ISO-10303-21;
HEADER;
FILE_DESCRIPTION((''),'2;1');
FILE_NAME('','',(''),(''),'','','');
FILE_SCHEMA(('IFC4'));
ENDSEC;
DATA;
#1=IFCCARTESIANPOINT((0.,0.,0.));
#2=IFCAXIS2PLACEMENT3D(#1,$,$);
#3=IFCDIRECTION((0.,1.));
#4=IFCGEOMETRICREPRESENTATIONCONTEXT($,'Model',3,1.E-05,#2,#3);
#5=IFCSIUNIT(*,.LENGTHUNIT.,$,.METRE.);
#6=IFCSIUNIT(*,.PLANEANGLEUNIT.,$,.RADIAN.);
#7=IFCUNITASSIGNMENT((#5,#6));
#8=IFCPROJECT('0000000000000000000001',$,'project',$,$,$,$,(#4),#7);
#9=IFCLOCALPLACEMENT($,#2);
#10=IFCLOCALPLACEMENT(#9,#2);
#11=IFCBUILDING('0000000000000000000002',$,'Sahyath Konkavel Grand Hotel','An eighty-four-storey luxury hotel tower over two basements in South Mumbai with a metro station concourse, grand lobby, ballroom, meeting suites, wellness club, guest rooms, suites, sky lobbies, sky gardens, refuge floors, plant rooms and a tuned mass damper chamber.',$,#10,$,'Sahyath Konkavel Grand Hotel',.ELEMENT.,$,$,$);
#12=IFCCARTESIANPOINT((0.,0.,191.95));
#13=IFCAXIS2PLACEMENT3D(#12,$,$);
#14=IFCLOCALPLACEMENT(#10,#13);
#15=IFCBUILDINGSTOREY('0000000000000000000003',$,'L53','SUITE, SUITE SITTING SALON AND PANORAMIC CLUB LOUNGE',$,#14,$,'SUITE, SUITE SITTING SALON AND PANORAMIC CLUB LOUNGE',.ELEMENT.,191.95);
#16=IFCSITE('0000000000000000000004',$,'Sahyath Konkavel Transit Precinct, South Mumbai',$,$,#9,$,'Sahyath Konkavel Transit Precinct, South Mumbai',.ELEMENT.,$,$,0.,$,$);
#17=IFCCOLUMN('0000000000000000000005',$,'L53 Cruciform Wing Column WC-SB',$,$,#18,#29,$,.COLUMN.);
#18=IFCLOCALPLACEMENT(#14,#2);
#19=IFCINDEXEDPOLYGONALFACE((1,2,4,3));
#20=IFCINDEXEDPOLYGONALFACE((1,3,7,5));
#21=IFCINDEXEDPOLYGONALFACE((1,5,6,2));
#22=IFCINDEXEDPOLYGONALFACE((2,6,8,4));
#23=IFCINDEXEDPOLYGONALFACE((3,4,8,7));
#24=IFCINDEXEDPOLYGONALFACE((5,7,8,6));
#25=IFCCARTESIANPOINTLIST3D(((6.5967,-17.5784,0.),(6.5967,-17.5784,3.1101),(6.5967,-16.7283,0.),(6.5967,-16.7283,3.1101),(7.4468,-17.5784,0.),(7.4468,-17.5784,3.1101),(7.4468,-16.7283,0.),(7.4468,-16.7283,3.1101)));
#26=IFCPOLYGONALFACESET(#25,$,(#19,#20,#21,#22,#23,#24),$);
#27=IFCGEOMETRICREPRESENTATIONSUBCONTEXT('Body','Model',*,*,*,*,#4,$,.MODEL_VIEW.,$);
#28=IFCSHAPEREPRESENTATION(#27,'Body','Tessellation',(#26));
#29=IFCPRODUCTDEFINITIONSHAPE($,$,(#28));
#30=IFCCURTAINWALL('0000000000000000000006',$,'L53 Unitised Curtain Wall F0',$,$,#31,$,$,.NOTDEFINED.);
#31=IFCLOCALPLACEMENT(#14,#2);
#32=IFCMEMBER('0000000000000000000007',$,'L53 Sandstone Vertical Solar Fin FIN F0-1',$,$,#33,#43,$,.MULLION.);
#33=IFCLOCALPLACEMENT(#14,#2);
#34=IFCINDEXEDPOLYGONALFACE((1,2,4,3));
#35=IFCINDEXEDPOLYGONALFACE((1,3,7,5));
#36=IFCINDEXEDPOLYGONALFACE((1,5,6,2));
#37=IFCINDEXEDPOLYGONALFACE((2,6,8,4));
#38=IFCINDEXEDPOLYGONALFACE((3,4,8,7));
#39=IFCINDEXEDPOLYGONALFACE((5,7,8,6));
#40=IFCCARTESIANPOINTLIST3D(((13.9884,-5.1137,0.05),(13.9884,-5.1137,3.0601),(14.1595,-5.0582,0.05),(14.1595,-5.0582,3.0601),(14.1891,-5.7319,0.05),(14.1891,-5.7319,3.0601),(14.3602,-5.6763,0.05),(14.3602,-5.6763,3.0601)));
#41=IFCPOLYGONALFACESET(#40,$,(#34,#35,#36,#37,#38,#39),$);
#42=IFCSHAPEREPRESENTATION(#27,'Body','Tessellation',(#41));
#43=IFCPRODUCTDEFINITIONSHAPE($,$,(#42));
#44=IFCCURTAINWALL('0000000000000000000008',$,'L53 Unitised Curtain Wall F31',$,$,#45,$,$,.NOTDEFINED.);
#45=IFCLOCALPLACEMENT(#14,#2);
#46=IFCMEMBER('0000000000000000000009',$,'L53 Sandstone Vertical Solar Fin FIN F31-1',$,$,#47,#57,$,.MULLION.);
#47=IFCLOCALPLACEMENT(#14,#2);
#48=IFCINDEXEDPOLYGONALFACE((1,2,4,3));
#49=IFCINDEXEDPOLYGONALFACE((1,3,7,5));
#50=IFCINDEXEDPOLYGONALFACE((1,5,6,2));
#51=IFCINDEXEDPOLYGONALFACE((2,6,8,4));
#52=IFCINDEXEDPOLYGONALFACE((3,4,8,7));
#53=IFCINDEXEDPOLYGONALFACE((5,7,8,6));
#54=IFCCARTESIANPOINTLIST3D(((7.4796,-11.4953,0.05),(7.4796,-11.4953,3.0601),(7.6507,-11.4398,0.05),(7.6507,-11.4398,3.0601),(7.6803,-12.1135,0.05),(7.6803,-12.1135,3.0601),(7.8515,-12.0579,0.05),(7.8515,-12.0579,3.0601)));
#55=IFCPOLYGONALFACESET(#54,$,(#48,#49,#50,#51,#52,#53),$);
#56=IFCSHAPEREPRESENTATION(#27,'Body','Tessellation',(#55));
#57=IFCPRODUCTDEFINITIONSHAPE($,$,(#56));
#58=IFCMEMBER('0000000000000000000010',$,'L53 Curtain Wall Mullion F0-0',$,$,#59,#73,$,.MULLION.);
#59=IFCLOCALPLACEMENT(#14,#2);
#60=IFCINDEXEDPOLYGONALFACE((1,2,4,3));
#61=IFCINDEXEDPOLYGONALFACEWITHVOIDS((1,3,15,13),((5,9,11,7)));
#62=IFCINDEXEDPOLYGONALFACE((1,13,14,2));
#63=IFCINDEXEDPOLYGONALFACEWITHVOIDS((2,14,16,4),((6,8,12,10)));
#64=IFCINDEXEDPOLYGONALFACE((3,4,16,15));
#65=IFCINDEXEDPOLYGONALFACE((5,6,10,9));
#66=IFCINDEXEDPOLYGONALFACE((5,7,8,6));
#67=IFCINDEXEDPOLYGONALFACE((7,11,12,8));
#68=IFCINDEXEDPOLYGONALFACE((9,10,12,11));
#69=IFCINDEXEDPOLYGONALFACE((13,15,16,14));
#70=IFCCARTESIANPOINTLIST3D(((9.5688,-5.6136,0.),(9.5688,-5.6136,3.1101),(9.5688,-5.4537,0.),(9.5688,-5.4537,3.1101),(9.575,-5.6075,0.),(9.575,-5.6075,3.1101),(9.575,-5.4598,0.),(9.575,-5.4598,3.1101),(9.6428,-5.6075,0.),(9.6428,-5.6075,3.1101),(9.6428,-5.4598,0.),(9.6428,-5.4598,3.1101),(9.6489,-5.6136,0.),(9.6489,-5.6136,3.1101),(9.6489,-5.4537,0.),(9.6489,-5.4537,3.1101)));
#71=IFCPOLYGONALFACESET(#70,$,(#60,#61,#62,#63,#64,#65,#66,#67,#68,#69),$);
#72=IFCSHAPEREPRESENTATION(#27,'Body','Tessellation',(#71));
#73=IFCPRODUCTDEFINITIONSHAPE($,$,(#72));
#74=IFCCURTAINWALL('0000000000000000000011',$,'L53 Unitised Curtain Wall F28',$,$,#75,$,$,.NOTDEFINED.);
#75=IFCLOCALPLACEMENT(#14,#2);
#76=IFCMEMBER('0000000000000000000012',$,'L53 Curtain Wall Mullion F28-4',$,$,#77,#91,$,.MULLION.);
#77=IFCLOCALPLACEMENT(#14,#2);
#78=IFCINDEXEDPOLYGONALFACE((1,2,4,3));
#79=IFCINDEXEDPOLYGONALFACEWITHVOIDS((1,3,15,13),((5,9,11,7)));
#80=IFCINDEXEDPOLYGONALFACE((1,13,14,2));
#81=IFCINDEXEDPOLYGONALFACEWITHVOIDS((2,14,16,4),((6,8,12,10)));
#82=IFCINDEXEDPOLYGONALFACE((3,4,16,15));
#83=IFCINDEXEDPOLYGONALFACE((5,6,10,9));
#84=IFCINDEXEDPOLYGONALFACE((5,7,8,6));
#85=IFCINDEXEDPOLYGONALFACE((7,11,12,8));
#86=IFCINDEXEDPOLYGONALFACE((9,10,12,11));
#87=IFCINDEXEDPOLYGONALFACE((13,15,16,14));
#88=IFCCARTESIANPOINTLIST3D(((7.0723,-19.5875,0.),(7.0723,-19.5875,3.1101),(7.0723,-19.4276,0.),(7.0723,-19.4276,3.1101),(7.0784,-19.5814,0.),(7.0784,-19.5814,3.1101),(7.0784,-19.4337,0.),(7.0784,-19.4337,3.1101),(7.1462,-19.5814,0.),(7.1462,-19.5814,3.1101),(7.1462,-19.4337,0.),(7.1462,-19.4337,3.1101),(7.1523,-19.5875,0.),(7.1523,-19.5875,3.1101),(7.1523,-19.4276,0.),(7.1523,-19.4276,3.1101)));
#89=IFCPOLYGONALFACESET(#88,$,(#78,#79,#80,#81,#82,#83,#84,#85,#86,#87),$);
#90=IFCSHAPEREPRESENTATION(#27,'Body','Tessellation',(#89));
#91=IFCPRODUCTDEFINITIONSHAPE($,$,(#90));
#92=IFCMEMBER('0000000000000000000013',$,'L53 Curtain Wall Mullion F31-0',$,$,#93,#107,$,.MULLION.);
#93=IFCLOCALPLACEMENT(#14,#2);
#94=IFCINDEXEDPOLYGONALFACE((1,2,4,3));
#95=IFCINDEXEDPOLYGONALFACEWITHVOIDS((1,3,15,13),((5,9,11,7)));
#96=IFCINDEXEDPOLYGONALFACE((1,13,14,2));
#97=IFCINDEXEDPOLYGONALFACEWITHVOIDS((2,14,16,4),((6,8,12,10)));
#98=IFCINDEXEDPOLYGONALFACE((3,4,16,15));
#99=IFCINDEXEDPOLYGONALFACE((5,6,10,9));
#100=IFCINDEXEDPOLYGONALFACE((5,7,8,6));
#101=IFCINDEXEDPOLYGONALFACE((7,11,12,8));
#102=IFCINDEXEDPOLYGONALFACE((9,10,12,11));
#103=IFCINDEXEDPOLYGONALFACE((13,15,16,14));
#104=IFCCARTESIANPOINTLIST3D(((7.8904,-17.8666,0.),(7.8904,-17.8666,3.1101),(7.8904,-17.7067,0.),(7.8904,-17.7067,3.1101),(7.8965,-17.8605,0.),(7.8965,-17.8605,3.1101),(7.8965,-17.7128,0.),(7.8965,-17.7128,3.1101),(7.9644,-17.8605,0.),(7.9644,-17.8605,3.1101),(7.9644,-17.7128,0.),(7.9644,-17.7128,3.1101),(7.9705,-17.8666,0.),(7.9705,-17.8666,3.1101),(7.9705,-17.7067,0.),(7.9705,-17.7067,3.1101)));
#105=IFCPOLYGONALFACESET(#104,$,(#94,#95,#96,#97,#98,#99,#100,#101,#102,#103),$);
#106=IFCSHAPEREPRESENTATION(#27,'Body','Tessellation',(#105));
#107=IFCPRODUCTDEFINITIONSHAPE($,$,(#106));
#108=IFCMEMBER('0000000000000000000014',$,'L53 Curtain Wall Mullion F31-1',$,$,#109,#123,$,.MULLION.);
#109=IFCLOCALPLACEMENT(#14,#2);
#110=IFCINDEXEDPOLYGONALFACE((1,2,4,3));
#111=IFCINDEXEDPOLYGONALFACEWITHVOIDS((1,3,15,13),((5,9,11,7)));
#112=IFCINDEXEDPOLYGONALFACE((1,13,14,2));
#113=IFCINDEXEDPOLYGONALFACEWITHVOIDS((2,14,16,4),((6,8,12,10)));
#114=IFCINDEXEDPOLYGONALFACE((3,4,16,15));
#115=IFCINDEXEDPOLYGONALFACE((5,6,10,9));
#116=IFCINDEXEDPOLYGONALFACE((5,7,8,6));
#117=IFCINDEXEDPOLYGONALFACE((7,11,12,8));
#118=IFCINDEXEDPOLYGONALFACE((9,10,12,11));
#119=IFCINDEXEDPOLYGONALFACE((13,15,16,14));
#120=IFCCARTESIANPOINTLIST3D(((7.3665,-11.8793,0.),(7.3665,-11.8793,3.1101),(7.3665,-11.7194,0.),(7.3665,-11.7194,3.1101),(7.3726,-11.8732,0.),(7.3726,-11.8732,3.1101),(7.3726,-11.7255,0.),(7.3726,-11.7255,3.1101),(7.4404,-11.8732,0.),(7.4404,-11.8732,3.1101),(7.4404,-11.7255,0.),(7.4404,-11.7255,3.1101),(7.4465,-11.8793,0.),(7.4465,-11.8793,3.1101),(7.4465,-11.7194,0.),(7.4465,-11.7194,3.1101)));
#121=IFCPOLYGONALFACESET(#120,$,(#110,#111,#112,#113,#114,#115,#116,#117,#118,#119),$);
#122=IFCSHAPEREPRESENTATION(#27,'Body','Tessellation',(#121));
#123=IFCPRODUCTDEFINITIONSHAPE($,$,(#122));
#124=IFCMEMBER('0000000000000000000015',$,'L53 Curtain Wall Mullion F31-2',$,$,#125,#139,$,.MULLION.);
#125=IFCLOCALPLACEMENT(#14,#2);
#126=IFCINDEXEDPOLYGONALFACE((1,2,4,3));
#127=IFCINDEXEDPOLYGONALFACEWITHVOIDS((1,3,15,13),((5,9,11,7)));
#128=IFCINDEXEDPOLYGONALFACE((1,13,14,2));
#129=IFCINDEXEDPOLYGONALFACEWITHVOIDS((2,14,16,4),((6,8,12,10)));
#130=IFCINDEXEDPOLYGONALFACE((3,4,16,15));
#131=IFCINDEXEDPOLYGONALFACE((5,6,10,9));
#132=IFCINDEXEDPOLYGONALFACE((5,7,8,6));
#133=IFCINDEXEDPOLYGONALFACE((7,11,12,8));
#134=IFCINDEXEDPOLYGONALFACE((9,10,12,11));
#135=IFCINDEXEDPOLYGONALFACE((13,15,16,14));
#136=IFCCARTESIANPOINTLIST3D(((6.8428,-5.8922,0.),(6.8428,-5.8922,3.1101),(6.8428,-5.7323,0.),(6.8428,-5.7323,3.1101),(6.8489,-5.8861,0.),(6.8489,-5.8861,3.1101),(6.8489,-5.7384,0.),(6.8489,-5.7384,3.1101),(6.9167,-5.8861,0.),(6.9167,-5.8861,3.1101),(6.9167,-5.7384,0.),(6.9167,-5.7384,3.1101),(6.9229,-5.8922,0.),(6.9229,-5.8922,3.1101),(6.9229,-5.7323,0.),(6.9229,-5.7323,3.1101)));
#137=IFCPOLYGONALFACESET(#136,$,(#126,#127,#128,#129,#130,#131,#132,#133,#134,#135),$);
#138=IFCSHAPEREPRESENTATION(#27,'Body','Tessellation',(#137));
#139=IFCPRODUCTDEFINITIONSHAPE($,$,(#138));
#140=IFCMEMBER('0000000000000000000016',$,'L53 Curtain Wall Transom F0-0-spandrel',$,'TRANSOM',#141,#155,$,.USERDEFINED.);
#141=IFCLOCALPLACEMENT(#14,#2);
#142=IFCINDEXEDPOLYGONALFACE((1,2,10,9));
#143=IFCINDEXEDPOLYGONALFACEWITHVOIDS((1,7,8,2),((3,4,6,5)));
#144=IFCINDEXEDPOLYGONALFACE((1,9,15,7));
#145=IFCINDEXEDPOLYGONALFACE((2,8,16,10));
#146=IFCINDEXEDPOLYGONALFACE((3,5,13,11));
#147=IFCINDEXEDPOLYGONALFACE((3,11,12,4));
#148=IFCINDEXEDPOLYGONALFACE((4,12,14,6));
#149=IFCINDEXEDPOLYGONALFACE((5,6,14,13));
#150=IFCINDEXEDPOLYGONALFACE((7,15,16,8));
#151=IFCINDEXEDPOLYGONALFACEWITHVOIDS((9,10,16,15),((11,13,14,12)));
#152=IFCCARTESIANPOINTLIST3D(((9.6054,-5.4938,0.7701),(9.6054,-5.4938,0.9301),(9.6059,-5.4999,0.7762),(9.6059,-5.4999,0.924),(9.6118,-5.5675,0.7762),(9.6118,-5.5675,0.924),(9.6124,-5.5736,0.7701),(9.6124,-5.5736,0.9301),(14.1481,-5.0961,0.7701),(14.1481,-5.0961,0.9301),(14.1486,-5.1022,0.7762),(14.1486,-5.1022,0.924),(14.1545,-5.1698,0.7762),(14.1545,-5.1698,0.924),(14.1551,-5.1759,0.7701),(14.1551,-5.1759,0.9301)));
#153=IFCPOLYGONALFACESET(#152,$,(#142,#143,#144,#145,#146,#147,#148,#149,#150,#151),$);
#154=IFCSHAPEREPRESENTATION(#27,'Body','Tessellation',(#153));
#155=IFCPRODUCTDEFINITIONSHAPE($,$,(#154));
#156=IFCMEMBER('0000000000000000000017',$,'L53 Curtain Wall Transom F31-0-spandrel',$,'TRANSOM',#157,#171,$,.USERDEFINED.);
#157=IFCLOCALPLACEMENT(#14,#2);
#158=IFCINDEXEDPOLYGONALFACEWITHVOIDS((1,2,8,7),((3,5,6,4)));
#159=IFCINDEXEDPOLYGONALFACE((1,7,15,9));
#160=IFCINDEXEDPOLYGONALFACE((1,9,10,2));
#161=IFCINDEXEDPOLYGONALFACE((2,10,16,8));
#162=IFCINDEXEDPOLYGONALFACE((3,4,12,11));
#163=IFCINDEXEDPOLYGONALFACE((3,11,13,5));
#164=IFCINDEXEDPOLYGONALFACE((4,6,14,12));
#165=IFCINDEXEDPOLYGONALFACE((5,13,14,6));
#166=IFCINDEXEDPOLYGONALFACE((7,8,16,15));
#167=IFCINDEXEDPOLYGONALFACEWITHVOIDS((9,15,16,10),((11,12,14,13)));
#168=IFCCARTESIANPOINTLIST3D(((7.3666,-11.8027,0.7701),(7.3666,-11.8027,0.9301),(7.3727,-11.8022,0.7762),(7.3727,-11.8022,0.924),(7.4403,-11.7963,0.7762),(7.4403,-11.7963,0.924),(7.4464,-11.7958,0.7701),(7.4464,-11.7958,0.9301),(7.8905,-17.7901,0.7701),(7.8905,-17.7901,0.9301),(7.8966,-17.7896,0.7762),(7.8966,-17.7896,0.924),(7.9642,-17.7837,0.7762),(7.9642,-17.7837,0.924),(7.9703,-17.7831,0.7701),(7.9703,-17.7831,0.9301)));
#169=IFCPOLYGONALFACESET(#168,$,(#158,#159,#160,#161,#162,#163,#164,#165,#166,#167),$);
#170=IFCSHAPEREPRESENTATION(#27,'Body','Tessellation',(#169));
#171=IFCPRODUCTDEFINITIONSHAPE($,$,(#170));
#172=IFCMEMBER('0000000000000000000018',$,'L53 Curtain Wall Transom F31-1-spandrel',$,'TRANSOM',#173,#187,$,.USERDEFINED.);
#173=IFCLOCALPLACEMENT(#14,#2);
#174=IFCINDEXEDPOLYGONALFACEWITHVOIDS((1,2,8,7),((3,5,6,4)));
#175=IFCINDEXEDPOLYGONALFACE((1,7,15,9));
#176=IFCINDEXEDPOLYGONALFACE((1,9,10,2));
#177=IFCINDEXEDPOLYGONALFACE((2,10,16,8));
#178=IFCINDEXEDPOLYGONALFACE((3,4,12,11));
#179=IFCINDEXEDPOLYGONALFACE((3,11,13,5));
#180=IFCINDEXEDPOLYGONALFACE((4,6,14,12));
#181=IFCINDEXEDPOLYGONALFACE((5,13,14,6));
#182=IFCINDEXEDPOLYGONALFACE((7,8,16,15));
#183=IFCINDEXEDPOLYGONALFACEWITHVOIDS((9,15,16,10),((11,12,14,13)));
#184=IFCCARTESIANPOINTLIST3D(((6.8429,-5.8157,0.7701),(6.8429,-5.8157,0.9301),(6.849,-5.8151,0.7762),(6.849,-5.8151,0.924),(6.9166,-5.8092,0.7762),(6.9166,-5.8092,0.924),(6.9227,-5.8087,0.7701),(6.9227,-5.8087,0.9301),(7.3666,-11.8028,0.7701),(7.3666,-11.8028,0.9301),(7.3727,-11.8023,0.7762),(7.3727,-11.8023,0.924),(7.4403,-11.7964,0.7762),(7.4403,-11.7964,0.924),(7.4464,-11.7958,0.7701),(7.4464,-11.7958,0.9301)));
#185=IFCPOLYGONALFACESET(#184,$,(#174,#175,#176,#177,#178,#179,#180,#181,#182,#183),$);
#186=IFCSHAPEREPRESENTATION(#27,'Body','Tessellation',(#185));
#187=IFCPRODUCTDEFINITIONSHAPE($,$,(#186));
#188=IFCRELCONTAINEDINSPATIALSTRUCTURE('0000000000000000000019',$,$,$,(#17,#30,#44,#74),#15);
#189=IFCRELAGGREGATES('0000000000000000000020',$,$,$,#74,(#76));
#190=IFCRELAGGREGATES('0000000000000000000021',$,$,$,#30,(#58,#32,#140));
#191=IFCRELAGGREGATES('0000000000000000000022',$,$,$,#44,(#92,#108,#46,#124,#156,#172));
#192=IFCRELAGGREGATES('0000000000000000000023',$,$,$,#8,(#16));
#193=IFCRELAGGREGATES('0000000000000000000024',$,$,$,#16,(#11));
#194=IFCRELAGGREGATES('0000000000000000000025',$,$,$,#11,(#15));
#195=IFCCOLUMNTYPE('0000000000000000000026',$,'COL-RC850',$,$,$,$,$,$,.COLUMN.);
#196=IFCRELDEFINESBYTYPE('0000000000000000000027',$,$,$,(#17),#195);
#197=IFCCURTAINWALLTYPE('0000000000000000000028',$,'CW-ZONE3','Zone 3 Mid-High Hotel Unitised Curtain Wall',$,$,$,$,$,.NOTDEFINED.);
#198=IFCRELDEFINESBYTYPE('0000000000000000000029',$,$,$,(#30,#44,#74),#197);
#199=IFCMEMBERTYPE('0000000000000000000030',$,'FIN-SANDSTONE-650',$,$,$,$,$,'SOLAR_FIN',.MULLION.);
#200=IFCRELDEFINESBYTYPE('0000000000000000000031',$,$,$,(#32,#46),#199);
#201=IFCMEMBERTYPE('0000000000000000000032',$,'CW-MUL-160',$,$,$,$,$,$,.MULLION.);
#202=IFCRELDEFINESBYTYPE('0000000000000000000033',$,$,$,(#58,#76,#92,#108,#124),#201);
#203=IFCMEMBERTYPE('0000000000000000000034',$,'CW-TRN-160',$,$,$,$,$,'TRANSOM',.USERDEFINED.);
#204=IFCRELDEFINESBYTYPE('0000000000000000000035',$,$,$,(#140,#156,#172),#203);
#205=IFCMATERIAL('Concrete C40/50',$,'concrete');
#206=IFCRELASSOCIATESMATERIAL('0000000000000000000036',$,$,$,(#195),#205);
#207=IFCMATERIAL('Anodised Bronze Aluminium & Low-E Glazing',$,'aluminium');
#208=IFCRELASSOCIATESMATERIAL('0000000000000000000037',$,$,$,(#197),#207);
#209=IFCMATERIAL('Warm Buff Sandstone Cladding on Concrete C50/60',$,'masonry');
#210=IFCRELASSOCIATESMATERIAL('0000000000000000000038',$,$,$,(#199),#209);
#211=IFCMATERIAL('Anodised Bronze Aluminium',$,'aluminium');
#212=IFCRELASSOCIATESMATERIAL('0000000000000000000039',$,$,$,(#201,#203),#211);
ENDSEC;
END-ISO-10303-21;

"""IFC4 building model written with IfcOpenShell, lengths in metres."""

from ifc_helpers import new_model, si_unit, direction, frame, origin, origin_2d, place, context, subcontext, project, spatial, rectangle, hollow_rectangle, extrude, source, transform, mapped, material, material_profile, profile_set, type_object, element, aggregate, save


model = new_model("IFC4")

# Units and contexts
model_context = context("Model", 3, precision=1e-05, world=origin(), true_north=direction((0.0, 1.0)))
body_context = subcontext(model_context, "Body", "Model", "MODEL_VIEW")
ifc_project = project(units=[si_unit("LENGTHUNIT", "METRE"), si_unit("PLANEANGLEUNIT", "RADIAN")], contexts=[model_context])

# Site, building, storey
site_placement = place(None, origin())
site = spatial("IfcSite", under=ifc_project, at=site_placement, Name="Sahyath Konkavel Transit Precinct, South Mumbai", LongName="Sahyath Konkavel Transit Precinct, South Mumbai", CompositionType="ELEMENT", RefElevation=0.0)
building_placement = place(site_placement, origin())
building = spatial("IfcBuilding", under=site, at=building_placement, Name="Sahyath Konkavel Grand Hotel", Description="An eighty-four-storey luxury hotel tower over two basements in South Mumbai with a metro station concourse, grand lobby, ballroom, meeting suites, wellness club, guest rooms, suites, sky lobbies, sky gardens, refuge floors, plant rooms and a tuned mass damper chamber.", LongName="Sahyath Konkavel Grand Hotel", CompositionType="ELEMENT")
storey_placement = place(building_placement, frame((0.0, 0.0, 191.95)))
storey = spatial("IfcBuildingStorey", under=building, at=storey_placement, Name="L53", Description="SUITE, SUITE SITTING SALON AND PANORAMIC CLUB LOUNGE", LongName="SUITE, SUITE SITTING SALON AND PANORAMIC CLUB LOUNGE", CompositionType="ELEMENT", Elevation=191.95)

# Column
ifc_material_1 = material(Name="Concrete C40/50", Category="concrete")
ifc_material_profile_1 = material_profile(ifc_material_1, rectangle(XDim=0.8501, YDim=0.8501, at=origin_2d()), Name="RC 850x850")
ifc_profile_set_1 = profile_set([ifc_material_profile_1], Name="Concrete C40/50")
column_type = type_object("IfcColumnType", Name="COL-RC850", PredefinedType="COLUMN", material=ifc_profile_set_1)
shared_shape_1 = source(origin(), body_context, "Body", "SweptSolid", [
    extrude(rectangle(XDim=0.8501, YDim=0.8501, at=origin_2d()), origin(), (0.0, 0.0, 1.0), 3.1101),
])
column_placement = place(storey_placement, frame((7.0217, -17.1533, 0.0), z_axis=(0.0, 0.0, 1.0), x_axis=(1.0, 0.0, 0.0)))
element("IfcColumn", 1, at=column_placement, inside=storey, type_object=column_type, Name="L53 Cruciform Wing Column WC-SB", PredefinedType="COLUMN", context=body_context, shape_type="MappedRepresentation", body=[
    mapped(shared_shape_1, transform((0.0, 0.0, 0.0), scale=1.0)),
])

# Curtain walls, members
ifc_material_2 = material(Name="Anodised Bronze Aluminium & Low-E Glazing", Category="aluminium")
curtain_wall_type = type_object("IfcCurtainWallType", Name="CW-ZONE3", Description="Zone 3 Mid-High Hotel Unitised Curtain Wall", PredefinedType="NOTDEFINED", material=ifc_material_2)
curtain_wall_1_placement = place(storey_placement, origin())
curtain_wall_1 = element("IfcCurtainWall", 2, at=curtain_wall_1_placement, inside=storey, type_object=curtain_wall_type, Name="L53 Unitised Curtain Wall F0", PredefinedType="NOTDEFINED")
ifc_material_3 = material(Name="Warm Buff Sandstone Cladding on Concrete C50/60", Category="masonry")
ifc_material_profile_2 = material_profile(ifc_material_3, rectangle(XDim=0.1799, YDim=0.6499, at=origin_2d()), Name="FIN 180x650")
ifc_profile_set_2 = profile_set([ifc_material_profile_2], Name="Warm Buff Sandstone Cladding on Concrete C50/60")
member_type_1 = type_object("IfcMemberType", Name="FIN-SANDSTONE-650", ElementType="SOLAR_FIN", PredefinedType="MULLION", material=ifc_profile_set_2)
shared_shape_2 = source(origin(), body_context, "Body", "SweptSolid", [
    extrude(rectangle(XDim=0.1799, YDim=0.6499, at=origin_2d()), origin(), (0.0, 0.0, 1.0), 3.01),
])
member_1_placement = place(storey_placement, frame((14.1743, -5.395, 0.05), z_axis=(0.0, 0.0, 1.0), x_axis=(0.95111, 0.308851, 0.0)))
member_1 = element("IfcMember", 3, at=member_1_placement, type_object=member_type_1, Name="L53 Sandstone Vertical Solar Fin FIN F0-1", PredefinedType="MULLION", context=body_context, shape_type="MappedRepresentation", body=[
    mapped(shared_shape_2, transform((0.0, 0.0, 0.0), scale=1.0)),
])
curtain_wall_2_placement = place(storey_placement, origin())
curtain_wall_2 = element("IfcCurtainWall", 4, at=curtain_wall_2_placement, inside=storey, type_object=curtain_wall_type, Name="L53 Unitised Curtain Wall F31", PredefinedType="NOTDEFINED")
member_2_placement = place(storey_placement, frame((7.6655, -11.7766, 0.05), z_axis=(0.0, 0.0, 1.0), x_axis=(0.95111, 0.308851, 0.0)))
member_2 = element("IfcMember", 5, at=member_2_placement, type_object=member_type_1, Name="L53 Sandstone Vertical Solar Fin FIN F31-1", PredefinedType="MULLION", context=body_context, shape_type="MappedRepresentation", body=[
    mapped(shared_shape_2, transform((0.0, 0.0, 0.0), scale=1.0)),
])

# Member
ifc_material_4 = material(Name="Anodised Bronze Aluminium", Category="aluminium")
ifc_material_profile_3 = material_profile(ifc_material_4, hollow_rectangle(XDim=0.0801, YDim=0.1599, WallThickness=0.0061, at=origin_2d()), Name="RHS 160x80x6")
ifc_profile_set_3 = profile_set([ifc_material_profile_3], Name="Anodised Bronze Aluminium")
member_type_2 = type_object("IfcMemberType", Name="CW-MUL-160", PredefinedType="MULLION", material=ifc_profile_set_3)
shared_shape_3 = source(origin(), body_context, "Body", "SweptSolid", [
    extrude(hollow_rectangle(XDim=0.0801, YDim=0.1599, WallThickness=0.0061, at=origin_2d()), origin(), (0.0, 0.0, 1.0), 3.1101),
])
member_3_placement = place(storey_placement, frame((9.6089, -5.5337, 0.0), z_axis=(0.0, 0.0, 1.0), x_axis=(1.0, 0.0, 0.0)))
member_3 = element("IfcMember", 6, at=member_3_placement, type_object=member_type_2, Name="L53 Curtain Wall Mullion F0-0", PredefinedType="MULLION", context=body_context, shape_type="MappedRepresentation", body=[
    mapped(shared_shape_3, transform((0.0, 0.0, 0.0), scale=1.0)),
])

# Curtain wall, member
curtain_wall_3_placement = place(storey_placement, origin())
curtain_wall_3 = element("IfcCurtainWall", 7, at=curtain_wall_3_placement, inside=storey, type_object=curtain_wall_type, Name="L53 Unitised Curtain Wall F28", PredefinedType="NOTDEFINED")
member_4_placement = place(storey_placement, frame((7.1123, -19.5076, 0.0), z_axis=(0.0, 0.0, 1.0), x_axis=(1.0, 0.0, 0.0)))
member_4 = element("IfcMember", 8, at=member_4_placement, type_object=member_type_2, Name="L53 Curtain Wall Mullion F28-4", PredefinedType="MULLION", context=body_context, shape_type="MappedRepresentation", body=[
    mapped(shared_shape_3, transform((0.0, 0.0, 0.0), scale=1.0)),
])
aggregate(curtain_wall_3, [member_4])

# Members
member_5_placement = place(storey_placement, frame((7.9304, -17.7866, 0.0), z_axis=(0.0, 0.0, 1.0), x_axis=(1.0, 0.0, 0.0)))
member_5 = element("IfcMember", 9, at=member_5_placement, type_object=member_type_2, Name="L53 Curtain Wall Mullion F31-0", PredefinedType="MULLION", context=body_context, shape_type="MappedRepresentation", body=[
    mapped(shared_shape_3, transform((0.0, 0.0, 0.0), scale=1.0)),
])
member_6_placement = place(storey_placement, frame((7.4065, -11.7993, 0.0), z_axis=(0.0, 0.0, 1.0), x_axis=(1.0, 0.0, 0.0)))
member_6 = element("IfcMember", 10, at=member_6_placement, type_object=member_type_2, Name="L53 Curtain Wall Mullion F31-1", PredefinedType="MULLION", context=body_context, shape_type="MappedRepresentation", body=[
    mapped(shared_shape_3, transform((0.0, 0.0, 0.0), scale=1.0)),
])
member_7_placement = place(storey_placement, frame((6.8828, -5.8123, 0.0), z_axis=(0.0, 0.0, 1.0), x_axis=(1.0, 0.0, 0.0)))
member_7 = element("IfcMember", 11, at=member_7_placement, type_object=member_type_2, Name="L53 Curtain Wall Mullion F31-2", PredefinedType="MULLION", context=body_context, shape_type="MappedRepresentation", body=[
    mapped(shared_shape_3, transform((0.0, 0.0, 0.0), scale=1.0)),
])
ifc_material_profile_4 = material_profile(ifc_material_4, hollow_rectangle(XDim=0.0801, YDim=0.1599, WallThickness=0.0061, at=origin_2d()), Name="RHS 160x80x6")
ifc_profile_set_4 = profile_set([ifc_material_profile_4], Name="Anodised Bronze Aluminium")
member_type_3 = type_object("IfcMemberType", Name="CW-TRN-160", ElementType="TRANSOM", PredefinedType="USERDEFINED", material=ifc_profile_set_4)
shared_shape_4 = source(origin(), body_context, "Body", "SweptSolid", [
    extrude(hollow_rectangle(XDim=0.0801, YDim=0.1599, WallThickness=0.0061, at=origin_2d()), origin(), (0.0, 0.0, 1.0), 4.5601),
])
member_8_placement = place(storey_placement, frame((9.6089, -5.5337, 0.8501), z_axis=(0.99619, 0.087214, 0.0), x_axis=(-0.087214, 0.99619, 0.0)))
member_8 = element("IfcMember", 12, at=member_8_placement, type_object=member_type_3, Name="L53 Curtain Wall Transom F0-0-spandrel", ObjectType="TRANSOM", PredefinedType="USERDEFINED", context=body_context, shape_type="MappedRepresentation", body=[
    mapped(shared_shape_4, transform((0.0, 0.0, 0.0), scale=1.0)),
])
shared_shape_5 = source(origin(), body_context, "Body", "SweptSolid", [
    extrude(hollow_rectangle(XDim=0.0801, YDim=0.1599, WallThickness=0.0061, at=origin_2d()), origin(), (0.0, 0.0, 1.0), 6.0103),
])
member_9_placement = place(storey_placement, frame((7.9304, -17.7866, 0.8501), z_axis=(-0.087173, 0.996193, 0.0), x_axis=(-0.996193, -0.087173, 0.0)))
member_9 = element("IfcMember", 13, at=member_9_placement, type_object=member_type_3, Name="L53 Curtain Wall Transom F31-0-spandrel", ObjectType="TRANSOM", PredefinedType="USERDEFINED", context=body_context, shape_type="MappedRepresentation", body=[
    mapped(shared_shape_5, transform((0.0, 0.0, 0.0), scale=1.0)),
])
shared_shape_6 = source(origin(), body_context, "Body", "SweptSolid", [
    extrude(hollow_rectangle(XDim=0.0801, YDim=0.1599, WallThickness=0.0061, at=origin_2d()), origin(), (0.0, 0.0, 1.0), 6.01),
])
member_10_placement = place(storey_placement, frame((7.4065, -11.7993, 0.8501), z_axis=(-0.087136, 0.996196, 0.0), x_axis=(-0.996196, -0.087136, 0.0)))
member_10 = element("IfcMember", 14, at=member_10_placement, type_object=member_type_3, Name="L53 Curtain Wall Transom F31-1-spandrel", ObjectType="TRANSOM", PredefinedType="USERDEFINED", context=body_context, shape_type="MappedRepresentation", body=[
    mapped(shared_shape_6, transform((0.0, 0.0, 0.0), scale=1.0)),
])

aggregate(curtain_wall_1, [member_3, member_1, member_8])
aggregate(curtain_wall_2, [member_5, member_6, member_2, member_7, member_9, member_10])

save(model, "model.ifc")
